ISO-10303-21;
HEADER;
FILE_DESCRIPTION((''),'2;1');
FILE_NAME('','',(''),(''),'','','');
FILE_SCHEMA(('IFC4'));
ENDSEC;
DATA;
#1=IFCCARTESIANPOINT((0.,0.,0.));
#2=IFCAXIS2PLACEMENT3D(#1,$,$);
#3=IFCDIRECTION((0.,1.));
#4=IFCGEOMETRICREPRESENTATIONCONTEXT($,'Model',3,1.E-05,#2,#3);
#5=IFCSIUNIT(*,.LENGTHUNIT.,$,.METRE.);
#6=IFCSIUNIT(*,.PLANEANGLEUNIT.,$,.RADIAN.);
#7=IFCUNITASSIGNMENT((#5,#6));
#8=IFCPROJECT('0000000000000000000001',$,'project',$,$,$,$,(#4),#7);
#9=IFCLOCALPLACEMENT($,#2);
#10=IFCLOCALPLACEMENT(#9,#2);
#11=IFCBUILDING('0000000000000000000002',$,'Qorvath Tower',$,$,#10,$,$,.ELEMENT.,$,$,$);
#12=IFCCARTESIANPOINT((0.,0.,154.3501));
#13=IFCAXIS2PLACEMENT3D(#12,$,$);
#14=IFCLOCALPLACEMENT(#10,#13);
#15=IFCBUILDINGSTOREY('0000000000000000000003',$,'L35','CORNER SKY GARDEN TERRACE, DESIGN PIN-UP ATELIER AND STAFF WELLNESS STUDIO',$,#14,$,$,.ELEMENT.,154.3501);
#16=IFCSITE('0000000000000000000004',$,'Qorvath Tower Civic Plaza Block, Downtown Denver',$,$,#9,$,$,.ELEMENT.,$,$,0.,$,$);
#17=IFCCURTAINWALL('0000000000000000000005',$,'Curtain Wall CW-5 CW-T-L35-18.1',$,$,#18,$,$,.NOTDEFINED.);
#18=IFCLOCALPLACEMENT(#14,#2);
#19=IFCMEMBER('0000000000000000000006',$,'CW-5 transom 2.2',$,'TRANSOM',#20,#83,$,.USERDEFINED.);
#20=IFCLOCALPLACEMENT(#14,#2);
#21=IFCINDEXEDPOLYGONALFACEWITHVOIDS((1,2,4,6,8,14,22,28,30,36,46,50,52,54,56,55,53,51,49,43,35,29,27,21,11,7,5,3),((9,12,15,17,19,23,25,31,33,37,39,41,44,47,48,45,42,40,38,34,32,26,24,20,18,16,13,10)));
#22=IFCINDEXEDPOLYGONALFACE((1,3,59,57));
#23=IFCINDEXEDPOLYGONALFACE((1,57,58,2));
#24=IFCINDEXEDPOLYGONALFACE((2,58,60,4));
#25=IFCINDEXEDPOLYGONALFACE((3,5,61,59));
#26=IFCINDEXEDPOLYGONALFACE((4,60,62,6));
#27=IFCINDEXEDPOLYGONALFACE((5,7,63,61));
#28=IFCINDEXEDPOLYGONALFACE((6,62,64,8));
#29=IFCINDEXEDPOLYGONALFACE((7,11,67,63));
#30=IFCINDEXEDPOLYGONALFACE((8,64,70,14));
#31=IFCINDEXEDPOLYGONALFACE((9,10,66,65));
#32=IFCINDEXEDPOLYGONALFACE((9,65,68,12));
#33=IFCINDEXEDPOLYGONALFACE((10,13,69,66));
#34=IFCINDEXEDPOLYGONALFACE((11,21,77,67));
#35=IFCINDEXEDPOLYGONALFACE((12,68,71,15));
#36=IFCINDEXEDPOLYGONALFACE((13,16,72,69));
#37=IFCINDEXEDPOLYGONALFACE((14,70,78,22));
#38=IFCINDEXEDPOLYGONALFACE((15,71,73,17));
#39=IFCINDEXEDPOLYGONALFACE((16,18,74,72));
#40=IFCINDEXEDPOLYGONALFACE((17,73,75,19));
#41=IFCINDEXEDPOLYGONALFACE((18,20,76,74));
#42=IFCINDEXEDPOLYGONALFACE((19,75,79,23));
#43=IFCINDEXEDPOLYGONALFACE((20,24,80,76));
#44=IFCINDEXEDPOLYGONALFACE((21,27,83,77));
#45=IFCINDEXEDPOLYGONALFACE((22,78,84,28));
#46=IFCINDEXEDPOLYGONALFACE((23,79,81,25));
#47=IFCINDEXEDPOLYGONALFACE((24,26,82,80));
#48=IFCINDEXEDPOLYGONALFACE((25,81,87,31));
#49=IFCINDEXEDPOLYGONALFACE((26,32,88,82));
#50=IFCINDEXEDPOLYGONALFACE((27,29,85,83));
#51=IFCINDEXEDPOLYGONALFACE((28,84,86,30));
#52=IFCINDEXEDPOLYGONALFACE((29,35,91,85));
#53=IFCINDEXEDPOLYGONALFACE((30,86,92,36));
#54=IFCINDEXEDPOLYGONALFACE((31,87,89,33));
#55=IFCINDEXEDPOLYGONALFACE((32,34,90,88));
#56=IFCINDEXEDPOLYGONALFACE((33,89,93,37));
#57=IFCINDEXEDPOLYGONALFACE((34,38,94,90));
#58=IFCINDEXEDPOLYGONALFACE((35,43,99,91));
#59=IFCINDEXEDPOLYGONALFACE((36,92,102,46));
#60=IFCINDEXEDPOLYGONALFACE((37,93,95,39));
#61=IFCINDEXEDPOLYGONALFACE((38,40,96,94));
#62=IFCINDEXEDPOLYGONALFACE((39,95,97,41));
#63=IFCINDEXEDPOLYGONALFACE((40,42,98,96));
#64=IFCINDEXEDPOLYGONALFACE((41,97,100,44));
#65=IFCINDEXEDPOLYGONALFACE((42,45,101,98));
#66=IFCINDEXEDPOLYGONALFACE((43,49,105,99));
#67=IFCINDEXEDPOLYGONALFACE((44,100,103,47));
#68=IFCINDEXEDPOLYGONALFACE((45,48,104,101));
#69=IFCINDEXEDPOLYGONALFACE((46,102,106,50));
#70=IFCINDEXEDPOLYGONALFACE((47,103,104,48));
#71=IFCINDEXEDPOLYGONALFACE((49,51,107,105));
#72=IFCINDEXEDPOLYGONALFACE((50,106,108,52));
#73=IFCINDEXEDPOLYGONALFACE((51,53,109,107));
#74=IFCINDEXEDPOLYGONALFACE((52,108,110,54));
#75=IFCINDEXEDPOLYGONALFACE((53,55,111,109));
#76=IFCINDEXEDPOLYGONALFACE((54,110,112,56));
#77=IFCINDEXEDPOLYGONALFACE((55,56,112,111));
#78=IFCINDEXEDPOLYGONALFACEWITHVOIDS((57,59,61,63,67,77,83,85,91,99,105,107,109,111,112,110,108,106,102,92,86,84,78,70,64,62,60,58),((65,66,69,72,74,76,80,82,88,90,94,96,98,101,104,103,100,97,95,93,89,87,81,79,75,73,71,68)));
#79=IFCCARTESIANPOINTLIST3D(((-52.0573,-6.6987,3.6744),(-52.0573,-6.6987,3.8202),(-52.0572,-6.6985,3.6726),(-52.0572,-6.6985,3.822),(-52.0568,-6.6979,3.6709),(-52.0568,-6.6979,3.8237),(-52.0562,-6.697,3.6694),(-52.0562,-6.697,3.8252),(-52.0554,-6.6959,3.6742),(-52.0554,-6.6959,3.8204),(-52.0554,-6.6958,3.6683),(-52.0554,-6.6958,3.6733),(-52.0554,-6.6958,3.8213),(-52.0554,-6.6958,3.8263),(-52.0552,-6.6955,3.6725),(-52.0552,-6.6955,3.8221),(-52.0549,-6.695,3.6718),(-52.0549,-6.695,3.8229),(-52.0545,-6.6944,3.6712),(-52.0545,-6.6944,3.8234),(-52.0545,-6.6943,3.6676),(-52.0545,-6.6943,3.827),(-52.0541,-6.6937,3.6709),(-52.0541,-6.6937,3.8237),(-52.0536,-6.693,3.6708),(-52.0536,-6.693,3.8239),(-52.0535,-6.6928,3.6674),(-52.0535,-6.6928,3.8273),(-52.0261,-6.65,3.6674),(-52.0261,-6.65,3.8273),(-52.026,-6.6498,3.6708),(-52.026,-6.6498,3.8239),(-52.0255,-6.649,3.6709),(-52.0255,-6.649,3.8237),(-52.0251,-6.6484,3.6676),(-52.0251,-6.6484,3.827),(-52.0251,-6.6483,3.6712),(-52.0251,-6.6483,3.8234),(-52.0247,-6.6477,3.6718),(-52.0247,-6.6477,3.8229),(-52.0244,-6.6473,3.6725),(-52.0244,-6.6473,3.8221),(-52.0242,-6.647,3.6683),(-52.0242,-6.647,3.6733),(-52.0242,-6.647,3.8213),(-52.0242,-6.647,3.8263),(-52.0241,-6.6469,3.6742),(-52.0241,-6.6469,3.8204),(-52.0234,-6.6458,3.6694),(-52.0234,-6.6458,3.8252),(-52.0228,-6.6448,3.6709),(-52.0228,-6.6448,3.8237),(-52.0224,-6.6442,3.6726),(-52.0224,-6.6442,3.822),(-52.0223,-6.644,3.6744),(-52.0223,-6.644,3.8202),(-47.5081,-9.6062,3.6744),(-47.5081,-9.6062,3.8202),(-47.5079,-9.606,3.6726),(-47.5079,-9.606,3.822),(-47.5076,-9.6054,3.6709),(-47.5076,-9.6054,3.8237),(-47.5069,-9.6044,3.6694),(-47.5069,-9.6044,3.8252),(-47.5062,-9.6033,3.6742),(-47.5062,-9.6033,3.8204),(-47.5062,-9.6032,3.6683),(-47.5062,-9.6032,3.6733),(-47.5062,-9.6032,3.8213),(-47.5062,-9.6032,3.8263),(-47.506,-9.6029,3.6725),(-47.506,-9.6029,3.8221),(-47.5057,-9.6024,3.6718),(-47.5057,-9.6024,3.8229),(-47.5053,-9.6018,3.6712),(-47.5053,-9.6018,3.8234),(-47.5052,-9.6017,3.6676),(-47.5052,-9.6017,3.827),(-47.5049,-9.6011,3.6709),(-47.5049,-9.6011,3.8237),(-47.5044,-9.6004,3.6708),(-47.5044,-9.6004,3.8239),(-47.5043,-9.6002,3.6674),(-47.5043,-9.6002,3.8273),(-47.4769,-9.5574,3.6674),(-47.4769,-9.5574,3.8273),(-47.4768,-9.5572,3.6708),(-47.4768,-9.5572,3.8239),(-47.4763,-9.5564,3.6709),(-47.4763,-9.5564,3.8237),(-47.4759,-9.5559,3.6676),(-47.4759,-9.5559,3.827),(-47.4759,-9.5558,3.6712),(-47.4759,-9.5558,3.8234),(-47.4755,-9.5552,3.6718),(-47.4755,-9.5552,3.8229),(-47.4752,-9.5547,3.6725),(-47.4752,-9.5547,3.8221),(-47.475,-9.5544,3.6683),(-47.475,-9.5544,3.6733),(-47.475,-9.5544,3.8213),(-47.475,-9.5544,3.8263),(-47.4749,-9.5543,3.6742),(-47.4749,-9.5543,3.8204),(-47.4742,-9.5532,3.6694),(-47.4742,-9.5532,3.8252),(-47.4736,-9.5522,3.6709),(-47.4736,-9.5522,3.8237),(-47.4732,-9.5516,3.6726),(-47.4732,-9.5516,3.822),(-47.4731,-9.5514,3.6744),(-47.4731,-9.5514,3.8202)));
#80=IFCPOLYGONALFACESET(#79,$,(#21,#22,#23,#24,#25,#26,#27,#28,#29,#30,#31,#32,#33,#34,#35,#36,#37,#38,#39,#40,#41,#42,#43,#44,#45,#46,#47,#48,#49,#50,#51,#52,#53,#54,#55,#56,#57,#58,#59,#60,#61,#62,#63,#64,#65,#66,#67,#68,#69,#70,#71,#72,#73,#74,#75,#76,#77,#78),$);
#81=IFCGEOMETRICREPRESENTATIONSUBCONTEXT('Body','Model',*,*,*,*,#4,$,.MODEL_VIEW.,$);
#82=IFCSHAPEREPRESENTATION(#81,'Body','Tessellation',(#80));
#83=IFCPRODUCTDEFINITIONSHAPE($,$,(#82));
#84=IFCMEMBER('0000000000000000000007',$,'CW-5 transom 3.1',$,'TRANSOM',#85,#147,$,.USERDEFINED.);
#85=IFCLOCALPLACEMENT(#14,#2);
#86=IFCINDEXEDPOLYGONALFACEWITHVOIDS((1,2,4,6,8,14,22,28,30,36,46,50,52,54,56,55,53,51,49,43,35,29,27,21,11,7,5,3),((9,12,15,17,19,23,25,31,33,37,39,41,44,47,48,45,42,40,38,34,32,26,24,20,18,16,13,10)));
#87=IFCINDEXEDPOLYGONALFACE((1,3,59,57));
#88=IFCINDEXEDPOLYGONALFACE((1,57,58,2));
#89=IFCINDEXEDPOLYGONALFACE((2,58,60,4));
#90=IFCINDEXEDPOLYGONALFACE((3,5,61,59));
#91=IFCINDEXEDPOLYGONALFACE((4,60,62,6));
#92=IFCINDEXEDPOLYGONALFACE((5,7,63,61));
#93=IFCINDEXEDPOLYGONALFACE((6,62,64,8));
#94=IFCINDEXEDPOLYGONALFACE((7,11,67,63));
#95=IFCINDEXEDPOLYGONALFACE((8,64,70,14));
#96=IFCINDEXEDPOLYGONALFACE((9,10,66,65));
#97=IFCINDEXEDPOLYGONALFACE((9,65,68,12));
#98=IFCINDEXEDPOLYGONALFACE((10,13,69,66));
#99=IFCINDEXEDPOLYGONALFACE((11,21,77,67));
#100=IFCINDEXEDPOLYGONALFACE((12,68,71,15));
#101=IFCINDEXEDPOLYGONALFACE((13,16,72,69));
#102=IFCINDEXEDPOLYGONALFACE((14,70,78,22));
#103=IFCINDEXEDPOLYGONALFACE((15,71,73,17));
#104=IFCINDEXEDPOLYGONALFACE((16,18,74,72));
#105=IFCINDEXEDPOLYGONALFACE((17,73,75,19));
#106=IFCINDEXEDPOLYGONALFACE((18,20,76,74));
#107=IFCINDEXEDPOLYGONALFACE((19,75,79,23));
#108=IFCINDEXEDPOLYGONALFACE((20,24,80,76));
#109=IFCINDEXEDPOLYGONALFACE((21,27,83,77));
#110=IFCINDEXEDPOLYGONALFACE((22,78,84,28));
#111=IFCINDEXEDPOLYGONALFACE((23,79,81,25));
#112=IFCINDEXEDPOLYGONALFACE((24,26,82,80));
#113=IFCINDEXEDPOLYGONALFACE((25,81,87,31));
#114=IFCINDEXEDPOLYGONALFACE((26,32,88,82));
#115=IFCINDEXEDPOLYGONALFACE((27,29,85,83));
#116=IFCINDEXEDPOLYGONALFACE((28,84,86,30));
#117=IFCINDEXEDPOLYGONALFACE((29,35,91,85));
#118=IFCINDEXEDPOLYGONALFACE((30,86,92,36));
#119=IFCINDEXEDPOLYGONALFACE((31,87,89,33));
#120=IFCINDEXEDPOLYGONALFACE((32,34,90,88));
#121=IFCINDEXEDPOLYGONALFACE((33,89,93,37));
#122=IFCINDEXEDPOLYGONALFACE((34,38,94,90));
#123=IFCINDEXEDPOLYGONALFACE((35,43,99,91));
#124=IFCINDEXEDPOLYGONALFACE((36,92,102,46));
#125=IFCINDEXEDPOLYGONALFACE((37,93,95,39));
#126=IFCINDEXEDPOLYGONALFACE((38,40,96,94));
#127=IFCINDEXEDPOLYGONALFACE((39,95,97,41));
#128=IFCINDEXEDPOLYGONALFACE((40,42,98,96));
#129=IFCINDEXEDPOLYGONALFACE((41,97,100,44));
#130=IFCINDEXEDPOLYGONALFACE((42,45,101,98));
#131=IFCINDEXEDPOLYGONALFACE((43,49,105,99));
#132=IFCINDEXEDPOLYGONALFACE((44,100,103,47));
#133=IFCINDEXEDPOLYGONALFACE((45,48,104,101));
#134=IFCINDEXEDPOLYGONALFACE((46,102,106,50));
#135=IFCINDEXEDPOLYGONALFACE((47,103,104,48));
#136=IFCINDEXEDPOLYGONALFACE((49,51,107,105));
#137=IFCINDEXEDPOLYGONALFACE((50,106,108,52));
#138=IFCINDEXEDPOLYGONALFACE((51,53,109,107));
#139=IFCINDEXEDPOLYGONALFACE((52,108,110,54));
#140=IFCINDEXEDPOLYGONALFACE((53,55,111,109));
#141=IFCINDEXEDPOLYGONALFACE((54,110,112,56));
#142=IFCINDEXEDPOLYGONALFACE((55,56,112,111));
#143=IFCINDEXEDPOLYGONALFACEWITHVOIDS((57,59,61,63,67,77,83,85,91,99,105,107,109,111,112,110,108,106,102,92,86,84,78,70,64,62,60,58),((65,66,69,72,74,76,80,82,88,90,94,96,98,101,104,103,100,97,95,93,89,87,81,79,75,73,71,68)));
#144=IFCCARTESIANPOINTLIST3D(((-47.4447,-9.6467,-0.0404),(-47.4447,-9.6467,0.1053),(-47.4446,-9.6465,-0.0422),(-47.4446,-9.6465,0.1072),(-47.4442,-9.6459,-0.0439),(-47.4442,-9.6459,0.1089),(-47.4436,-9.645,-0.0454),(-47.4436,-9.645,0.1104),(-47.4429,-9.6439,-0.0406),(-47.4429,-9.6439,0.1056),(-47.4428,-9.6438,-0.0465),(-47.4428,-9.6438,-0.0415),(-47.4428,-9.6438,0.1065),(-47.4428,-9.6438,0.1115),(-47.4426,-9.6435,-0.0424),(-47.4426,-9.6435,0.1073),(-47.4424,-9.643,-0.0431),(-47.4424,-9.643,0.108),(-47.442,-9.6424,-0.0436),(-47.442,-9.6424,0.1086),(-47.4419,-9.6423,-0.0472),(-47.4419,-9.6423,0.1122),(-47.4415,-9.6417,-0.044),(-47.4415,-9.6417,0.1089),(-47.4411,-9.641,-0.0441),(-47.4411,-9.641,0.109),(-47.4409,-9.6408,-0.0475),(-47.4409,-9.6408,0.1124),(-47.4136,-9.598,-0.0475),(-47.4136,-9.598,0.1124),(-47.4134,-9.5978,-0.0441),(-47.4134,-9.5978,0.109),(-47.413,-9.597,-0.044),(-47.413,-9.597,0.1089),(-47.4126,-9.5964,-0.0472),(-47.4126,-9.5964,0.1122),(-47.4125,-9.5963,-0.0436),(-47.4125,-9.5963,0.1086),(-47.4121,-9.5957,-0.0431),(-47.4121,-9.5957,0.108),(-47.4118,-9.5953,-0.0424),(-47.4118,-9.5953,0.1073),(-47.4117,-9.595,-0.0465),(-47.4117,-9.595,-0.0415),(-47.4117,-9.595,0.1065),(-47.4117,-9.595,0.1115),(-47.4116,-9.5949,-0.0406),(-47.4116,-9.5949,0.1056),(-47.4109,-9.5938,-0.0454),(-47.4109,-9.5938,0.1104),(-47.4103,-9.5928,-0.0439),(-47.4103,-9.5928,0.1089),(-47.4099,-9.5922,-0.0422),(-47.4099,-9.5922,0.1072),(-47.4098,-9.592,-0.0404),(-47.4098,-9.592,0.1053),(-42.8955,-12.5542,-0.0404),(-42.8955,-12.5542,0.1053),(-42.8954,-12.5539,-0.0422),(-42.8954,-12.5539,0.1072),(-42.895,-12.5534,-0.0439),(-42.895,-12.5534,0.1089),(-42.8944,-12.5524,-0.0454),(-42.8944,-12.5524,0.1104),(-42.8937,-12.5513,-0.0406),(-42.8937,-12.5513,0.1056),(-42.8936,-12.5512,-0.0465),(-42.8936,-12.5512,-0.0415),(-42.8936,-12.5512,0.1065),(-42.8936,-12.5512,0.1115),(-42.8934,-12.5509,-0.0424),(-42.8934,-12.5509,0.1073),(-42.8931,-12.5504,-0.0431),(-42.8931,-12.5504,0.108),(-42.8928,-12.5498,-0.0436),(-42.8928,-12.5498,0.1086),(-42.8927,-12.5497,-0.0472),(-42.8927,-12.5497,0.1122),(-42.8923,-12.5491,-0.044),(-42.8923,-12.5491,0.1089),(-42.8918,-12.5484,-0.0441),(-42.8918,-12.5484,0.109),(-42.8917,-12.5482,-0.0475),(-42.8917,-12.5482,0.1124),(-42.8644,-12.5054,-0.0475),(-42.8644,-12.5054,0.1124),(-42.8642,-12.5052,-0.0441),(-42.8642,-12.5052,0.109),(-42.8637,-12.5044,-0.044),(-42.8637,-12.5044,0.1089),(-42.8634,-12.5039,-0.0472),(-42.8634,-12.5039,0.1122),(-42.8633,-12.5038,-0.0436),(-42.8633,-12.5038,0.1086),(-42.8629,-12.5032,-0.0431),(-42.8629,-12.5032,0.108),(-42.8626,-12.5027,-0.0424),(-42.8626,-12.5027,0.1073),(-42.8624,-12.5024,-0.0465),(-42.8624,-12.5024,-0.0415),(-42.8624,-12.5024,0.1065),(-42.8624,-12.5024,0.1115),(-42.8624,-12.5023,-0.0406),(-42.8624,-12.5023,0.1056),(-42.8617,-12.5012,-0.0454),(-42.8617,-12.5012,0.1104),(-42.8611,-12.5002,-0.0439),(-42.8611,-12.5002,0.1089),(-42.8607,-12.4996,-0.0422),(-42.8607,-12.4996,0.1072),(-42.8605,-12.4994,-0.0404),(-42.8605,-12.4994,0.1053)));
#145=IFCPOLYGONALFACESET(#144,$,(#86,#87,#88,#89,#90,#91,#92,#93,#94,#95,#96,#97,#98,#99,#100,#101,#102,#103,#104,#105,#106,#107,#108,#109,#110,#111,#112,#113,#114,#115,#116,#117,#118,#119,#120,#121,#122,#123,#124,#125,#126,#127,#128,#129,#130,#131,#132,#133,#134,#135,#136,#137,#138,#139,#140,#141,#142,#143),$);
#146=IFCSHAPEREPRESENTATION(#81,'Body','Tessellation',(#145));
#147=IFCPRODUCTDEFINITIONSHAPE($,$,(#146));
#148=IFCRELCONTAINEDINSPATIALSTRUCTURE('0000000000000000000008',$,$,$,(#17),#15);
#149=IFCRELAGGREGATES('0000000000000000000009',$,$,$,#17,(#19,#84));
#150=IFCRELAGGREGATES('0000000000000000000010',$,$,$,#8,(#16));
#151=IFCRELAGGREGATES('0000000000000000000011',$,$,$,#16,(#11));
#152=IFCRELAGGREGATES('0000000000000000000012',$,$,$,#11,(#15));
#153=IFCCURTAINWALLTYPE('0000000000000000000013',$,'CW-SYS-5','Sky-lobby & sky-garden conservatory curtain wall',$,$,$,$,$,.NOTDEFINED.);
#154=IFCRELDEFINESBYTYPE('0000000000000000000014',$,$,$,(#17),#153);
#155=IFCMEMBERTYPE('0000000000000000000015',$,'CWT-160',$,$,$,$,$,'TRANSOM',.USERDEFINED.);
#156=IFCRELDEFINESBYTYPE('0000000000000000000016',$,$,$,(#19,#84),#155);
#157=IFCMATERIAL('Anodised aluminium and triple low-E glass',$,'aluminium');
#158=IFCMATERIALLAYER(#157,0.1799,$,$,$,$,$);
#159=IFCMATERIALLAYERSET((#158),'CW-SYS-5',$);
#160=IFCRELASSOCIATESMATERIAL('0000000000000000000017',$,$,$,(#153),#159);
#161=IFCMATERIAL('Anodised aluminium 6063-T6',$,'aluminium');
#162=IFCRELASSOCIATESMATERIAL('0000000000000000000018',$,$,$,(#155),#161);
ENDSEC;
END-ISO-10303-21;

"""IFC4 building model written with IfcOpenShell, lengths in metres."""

from ifc_helpers import new_model, si_unit, direction, frame, origin, origin_2d, place, context, subcontext, project, spatial, hollow_rectangle, extrude, material, layer, layer_set, material_profile, profile_set, type_object, element, aggregate, save


model = new_model("IFC4")

# Units and contexts
model_context = context("Model", 3, precision=1e-05, world=origin(), true_north=direction((0.0, 1.0)))
body_context = subcontext(model_context, "Body", "Model", "MODEL_VIEW")
ifc_project = project(units=[si_unit("LENGTHUNIT", "METRE"), si_unit("PLANEANGLEUNIT", "RADIAN")], contexts=[model_context])

# Site, building, storey
site_placement = place(None, origin())
site = spatial("IfcSite", under=ifc_project, at=site_placement, Name="Qorvath Tower Civic Plaza Block, Downtown Denver", CompositionType="ELEMENT", RefElevation=0.0)
building_placement = place(site_placement, origin())
building = spatial("IfcBuilding", under=site, at=building_placement, Name="Qorvath Tower", CompositionType="ELEMENT")
storey_placement = place(building_placement, frame((0.0, 0.0, 154.3501)))
storey = spatial("IfcBuildingStorey", under=building, at=storey_placement, Name="L35", Description="CORNER SKY GARDEN TERRACE, DESIGN PIN-UP ATELIER AND STAFF WELLNESS STUDIO", CompositionType="ELEMENT", Elevation=154.3501)

# Shared definitions
ifc_material_1 = material(Name="Anodised aluminium and triple low-E glass", Category="aluminium")
ifc_layer_1 = layer(ifc_material_1, 0.1799)
ifc_layer_set_1 = layer_set([ifc_layer_1], Name="CW-SYS-5")
curtain_wall_type = type_object("IfcCurtainWallType", Name="CW-SYS-5", Description="Sky-lobby & sky-garden conservatory curtain wall", PredefinedType="NOTDEFINED", material=ifc_layer_set_1)

# Curtain wall, members
curtain_wall_1_placement = place(storey_placement, origin())
curtain_wall_1 = element("IfcCurtainWall", 1, at=curtain_wall_1_placement, inside=storey, type_object=curtain_wall_type, Name="Curtain Wall CW-5 CW-T-L35-18.1", PredefinedType="NOTDEFINED")
ifc_material_2 = material(Name="Anodised aluminium 6063-T6", Category="aluminium")
ifc_material_profile_1 = material_profile(ifc_material_2, hollow_rectangle(XDim=0.0649, YDim=0.1599, WallThickness=0.0034, InnerFilletRadius=0.0034, OuterFilletRadius=0.0071, at=origin_2d()), Name="CWT 160x65")
ifc_profile_set_1 = profile_set([ifc_material_profile_1], Name="Anodised aluminium 6063-T6")
member_type_1 = type_object("IfcMemberType", Name="CWT-160", ElementType="TRANSOM", PredefinedType="USERDEFINED", material=ifc_profile_set_1)
member_1_placement = place(storey_placement, frame((-52.0398, -6.6714, 3.7473), z_axis=(0.842615, -0.538516, 0.0), x_axis=(0.538516, 0.842615, 0.0)))
member_1 = element("IfcMember", 2, at=member_1_placement, type_object=member_type_1, Name="CW-5 transom 2.2", ObjectType="TRANSOM", PredefinedType="USERDEFINED", context=body_context, shape_type="SweptSolid", body=[
    extrude(hollow_rectangle(XDim=0.0649, YDim=0.1599, WallThickness=0.0034, InnerFilletRadius=0.0034, OuterFilletRadius=0.0071, at=origin_2d()), origin(), (0.0, 0.0, 1.0), 5.3989),
])
member_2_placement = place(storey_placement, frame((-47.4272, -9.6194, 0.0325), z_axis=(0.842615, -0.538516, 0.0), x_axis=(0.538516, 0.842615, 0.0)))
member_2 = element("IfcMember", 3, at=member_2_placement, type_object=member_type_1, Name="CW-5 transom 3.1", ObjectType="TRANSOM", PredefinedType="USERDEFINED", context=body_context, shape_type="SweptSolid", body=[
    extrude(hollow_rectangle(XDim=0.0649, YDim=0.1599, WallThickness=0.0034, InnerFilletRadius=0.0034, OuterFilletRadius=0.0071, at=origin_2d()), origin(), (0.0, 0.0, 1.0), 5.3989),
])

aggregate(curtain_wall_1, [member_1, member_2])

save(model, "model.ifc")
